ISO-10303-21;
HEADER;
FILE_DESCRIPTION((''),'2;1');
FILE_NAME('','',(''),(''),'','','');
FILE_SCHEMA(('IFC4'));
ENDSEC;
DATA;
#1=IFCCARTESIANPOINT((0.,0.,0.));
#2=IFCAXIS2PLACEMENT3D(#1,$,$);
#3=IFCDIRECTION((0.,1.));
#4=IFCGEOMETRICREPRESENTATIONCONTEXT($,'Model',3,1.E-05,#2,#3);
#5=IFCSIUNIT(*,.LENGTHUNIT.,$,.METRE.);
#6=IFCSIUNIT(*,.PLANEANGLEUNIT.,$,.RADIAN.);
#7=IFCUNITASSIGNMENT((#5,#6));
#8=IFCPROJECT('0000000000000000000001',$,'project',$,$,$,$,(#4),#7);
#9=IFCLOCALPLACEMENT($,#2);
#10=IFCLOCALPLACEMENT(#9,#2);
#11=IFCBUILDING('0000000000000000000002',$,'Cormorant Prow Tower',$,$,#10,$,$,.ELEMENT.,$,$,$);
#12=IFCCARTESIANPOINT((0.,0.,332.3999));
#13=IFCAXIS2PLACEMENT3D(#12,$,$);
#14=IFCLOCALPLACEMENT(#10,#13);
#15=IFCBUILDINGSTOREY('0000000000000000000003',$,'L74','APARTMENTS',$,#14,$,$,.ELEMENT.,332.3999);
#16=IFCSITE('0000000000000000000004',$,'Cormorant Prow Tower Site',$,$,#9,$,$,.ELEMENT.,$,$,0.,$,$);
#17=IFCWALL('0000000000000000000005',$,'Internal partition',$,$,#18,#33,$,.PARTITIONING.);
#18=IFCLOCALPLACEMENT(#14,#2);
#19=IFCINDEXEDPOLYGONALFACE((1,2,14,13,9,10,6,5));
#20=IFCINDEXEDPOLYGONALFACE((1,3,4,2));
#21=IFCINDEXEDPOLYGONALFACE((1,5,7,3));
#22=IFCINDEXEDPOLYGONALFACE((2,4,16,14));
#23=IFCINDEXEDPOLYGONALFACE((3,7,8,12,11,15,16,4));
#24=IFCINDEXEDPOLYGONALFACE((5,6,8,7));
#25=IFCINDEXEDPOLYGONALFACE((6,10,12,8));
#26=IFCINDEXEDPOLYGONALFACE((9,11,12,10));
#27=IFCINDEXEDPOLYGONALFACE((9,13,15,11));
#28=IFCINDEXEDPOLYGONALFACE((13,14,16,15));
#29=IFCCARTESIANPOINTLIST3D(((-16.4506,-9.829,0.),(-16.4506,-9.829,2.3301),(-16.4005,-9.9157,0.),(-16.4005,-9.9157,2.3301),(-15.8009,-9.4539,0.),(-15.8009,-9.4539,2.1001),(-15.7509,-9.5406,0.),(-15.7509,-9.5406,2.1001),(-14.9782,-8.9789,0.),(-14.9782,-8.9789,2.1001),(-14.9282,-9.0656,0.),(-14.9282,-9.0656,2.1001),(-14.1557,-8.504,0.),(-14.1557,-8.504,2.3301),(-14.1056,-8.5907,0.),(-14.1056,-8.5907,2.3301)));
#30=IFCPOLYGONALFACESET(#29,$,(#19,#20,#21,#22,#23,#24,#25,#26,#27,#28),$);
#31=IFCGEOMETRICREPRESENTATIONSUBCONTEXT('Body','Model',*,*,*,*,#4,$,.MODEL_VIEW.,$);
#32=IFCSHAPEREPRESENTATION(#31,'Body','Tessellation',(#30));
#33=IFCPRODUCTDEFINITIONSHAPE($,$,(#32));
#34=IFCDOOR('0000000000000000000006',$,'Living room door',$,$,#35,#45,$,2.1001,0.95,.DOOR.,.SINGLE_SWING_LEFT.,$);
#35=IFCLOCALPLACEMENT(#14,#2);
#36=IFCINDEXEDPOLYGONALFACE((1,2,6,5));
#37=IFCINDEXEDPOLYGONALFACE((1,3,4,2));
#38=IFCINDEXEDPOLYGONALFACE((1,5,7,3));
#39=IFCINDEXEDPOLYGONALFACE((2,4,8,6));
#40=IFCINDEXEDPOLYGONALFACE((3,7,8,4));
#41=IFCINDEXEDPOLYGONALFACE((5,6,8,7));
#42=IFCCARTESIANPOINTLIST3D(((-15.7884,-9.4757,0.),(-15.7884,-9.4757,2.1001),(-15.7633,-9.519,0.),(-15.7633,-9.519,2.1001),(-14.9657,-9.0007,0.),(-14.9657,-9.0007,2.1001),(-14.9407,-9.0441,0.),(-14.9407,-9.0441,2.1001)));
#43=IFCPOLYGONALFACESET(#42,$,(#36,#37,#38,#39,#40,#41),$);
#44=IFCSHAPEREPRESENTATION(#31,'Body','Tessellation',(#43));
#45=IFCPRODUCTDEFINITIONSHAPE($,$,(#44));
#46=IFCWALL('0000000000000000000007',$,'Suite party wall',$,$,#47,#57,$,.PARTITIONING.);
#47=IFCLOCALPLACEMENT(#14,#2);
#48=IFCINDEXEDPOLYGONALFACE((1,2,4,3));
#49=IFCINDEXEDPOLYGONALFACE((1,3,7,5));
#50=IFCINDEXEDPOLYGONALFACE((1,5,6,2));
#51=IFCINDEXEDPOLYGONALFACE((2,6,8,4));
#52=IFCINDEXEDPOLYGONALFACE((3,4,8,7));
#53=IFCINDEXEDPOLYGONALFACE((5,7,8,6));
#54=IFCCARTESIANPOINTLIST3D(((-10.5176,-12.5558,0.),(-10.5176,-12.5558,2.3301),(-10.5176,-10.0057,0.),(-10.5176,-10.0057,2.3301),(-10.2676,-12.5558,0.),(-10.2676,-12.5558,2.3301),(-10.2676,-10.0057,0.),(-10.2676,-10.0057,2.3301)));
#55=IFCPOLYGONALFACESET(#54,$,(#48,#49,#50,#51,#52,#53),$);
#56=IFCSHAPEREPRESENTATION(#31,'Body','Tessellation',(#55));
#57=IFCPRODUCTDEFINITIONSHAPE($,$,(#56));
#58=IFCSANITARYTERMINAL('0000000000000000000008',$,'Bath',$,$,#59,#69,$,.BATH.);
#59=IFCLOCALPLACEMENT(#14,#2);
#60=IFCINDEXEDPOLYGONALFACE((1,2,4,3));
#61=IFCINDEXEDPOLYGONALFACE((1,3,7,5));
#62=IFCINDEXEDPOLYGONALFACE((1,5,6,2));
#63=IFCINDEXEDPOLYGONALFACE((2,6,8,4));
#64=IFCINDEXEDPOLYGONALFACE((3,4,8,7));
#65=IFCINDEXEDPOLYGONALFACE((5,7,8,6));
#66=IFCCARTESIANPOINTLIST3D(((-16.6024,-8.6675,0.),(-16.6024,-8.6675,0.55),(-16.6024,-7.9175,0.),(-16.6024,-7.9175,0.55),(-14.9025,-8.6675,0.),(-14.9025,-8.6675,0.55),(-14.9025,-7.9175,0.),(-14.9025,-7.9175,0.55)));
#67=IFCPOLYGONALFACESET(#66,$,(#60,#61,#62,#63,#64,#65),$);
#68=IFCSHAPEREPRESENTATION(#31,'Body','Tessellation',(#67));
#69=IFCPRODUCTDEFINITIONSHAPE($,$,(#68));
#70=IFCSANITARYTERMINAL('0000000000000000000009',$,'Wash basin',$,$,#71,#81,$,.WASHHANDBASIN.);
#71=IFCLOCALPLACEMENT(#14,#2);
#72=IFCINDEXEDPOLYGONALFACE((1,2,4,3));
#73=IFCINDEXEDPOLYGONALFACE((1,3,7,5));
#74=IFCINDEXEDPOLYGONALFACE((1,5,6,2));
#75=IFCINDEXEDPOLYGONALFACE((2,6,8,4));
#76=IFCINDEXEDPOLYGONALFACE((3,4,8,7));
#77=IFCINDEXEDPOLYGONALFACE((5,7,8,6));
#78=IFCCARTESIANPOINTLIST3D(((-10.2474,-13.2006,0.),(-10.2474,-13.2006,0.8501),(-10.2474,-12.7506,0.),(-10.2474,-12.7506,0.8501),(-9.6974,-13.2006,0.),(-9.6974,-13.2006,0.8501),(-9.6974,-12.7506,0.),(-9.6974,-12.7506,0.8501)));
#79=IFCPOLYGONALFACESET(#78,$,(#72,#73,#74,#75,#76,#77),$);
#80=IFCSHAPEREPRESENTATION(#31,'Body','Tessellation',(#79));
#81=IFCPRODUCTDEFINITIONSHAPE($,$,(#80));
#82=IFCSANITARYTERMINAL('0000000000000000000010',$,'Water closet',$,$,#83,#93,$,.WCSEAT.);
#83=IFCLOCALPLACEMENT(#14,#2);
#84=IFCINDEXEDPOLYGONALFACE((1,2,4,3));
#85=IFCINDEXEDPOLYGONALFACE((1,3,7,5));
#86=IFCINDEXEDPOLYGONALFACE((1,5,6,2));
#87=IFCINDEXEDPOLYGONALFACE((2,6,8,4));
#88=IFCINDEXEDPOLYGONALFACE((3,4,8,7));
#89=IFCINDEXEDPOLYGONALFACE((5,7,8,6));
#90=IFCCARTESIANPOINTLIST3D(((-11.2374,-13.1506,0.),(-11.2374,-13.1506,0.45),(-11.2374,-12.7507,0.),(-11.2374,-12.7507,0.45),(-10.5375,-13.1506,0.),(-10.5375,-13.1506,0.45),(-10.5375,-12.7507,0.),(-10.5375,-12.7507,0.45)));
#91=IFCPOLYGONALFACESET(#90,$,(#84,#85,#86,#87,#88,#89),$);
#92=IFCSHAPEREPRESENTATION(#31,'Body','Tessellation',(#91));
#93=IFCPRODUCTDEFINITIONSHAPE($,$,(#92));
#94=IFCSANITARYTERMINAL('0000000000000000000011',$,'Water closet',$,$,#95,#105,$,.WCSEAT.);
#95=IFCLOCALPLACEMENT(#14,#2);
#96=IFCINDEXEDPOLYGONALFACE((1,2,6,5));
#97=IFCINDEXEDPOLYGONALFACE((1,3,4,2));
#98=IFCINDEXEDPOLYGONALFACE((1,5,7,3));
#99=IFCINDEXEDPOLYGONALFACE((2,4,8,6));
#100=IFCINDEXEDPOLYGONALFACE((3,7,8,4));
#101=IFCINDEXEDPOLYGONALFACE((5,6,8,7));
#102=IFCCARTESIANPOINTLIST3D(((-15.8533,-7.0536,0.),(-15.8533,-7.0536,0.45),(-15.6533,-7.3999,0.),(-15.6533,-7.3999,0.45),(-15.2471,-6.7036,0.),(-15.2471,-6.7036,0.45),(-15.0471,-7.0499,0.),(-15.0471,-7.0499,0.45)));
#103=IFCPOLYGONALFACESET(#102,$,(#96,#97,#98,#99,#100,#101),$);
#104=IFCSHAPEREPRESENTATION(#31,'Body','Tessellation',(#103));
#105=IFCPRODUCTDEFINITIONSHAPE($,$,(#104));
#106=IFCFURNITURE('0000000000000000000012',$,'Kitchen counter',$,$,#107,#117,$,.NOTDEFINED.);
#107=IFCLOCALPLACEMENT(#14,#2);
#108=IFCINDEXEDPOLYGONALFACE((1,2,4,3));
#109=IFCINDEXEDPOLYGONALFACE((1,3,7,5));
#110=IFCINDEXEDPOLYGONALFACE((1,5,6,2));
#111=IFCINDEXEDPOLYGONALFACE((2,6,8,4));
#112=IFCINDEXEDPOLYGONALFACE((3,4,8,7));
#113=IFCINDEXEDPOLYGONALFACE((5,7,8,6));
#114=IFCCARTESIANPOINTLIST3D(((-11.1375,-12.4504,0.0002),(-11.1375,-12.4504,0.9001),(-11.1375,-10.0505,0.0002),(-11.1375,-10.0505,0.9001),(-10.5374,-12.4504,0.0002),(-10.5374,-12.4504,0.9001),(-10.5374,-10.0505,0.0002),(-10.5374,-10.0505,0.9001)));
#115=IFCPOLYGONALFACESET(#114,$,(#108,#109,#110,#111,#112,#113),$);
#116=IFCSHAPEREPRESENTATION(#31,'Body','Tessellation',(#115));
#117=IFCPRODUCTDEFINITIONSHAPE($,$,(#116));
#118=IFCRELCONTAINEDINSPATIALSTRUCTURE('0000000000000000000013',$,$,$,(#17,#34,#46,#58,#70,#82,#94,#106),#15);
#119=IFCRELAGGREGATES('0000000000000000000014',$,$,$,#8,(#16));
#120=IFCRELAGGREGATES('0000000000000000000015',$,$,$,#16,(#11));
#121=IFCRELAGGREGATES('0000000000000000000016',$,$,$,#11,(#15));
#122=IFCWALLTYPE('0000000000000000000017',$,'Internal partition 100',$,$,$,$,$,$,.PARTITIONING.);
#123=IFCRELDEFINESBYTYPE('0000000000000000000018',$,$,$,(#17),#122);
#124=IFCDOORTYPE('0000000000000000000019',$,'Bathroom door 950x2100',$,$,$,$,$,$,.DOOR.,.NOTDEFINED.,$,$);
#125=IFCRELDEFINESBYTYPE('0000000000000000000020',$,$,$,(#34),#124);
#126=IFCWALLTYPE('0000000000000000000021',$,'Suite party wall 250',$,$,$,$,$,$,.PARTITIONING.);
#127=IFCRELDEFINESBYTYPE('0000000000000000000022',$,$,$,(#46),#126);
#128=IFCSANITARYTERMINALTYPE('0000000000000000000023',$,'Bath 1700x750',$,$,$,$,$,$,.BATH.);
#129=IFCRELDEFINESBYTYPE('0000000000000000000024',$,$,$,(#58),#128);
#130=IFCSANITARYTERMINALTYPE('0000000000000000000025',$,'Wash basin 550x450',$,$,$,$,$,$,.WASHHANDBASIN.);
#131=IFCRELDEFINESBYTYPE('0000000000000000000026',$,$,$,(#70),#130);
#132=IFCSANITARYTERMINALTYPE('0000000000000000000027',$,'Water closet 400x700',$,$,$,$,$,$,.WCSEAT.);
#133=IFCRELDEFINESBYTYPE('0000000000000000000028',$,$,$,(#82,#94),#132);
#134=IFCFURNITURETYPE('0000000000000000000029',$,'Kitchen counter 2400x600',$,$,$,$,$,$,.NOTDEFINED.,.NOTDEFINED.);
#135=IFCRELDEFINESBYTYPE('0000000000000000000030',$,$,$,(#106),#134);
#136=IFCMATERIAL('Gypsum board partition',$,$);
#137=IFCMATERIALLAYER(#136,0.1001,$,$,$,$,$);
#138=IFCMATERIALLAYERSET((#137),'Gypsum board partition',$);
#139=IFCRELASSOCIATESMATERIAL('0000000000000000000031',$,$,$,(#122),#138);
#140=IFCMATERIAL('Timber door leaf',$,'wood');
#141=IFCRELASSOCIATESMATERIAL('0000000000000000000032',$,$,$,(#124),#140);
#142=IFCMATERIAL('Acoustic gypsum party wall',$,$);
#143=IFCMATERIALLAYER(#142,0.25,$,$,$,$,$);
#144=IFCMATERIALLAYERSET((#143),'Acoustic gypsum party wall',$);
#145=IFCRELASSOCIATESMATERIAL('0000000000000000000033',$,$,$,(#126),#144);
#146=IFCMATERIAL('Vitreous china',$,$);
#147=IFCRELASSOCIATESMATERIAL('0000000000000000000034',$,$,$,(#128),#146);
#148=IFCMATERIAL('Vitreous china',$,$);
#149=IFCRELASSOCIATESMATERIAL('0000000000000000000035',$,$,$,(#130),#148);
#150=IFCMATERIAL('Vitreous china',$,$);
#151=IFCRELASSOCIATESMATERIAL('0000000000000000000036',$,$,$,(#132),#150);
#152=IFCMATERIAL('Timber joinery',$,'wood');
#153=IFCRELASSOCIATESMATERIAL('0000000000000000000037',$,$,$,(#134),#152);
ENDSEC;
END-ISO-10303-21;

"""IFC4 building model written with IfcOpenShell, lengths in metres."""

from ifc_helpers import new_model, si_unit, direction, frame, frame_2d, origin, origin_2d, place, context, subcontext, project, spatial, rectangle, extrude, material, layer, layer_set, type_object, element, fill, save


model = new_model("IFC4")

# Units and contexts
model_context = context("Model", 3, precision=1e-05, world=origin(), true_north=direction((0.0, 1.0)))
body_context = subcontext(model_context, "Body", "Model", "MODEL_VIEW")
ifc_project = project(units=[si_unit("LENGTHUNIT", "METRE"), si_unit("PLANEANGLEUNIT", "RADIAN")], contexts=[model_context])

# Site, building, storey
site_placement = place(None, origin())
site = spatial("IfcSite", under=ifc_project, at=site_placement, Name="Cormorant Prow Tower Site", CompositionType="ELEMENT", RefElevation=0.0)
building_placement = place(site_placement, origin())
building = spatial("IfcBuilding", under=site, at=building_placement, Name="Cormorant Prow Tower", CompositionType="ELEMENT")
storey_placement = place(building_placement, frame((0.0, 0.0, 332.3999)))
storey = spatial("IfcBuildingStorey", under=building, at=storey_placement, Name="L74", Description="APARTMENTS", CompositionType="ELEMENT", Elevation=332.3999)

# Shared definitions
ifc_material_1 = material(Name="Gypsum board partition")
ifc_layer_1 = layer(ifc_material_1, 0.1001)
ifc_layer_set_1 = layer_set([ifc_layer_1], Name="Gypsum board partition")
wall_type_1 = type_object("IfcWallType", Name="Internal partition 100", PredefinedType="PARTITIONING", material=ifc_layer_set_1)

# Wall, opening, door
wall_1_placement = place(storey_placement, frame((-16.4255, -9.8723, 0.0), z_axis=(0.0, 0.0, 1.0), x_axis=(0.866029, 0.499994, 0.0)))
wall_1 = element("IfcWall", 1, at=wall_1_placement, inside=storey, type_object=wall_type_1, Name="Internal partition", PredefinedType="PARTITIONING", context=body_context, shape_type="SweptSolid", body=[
    extrude(rectangle(XDim=2.6499, YDim=0.1001, at=frame_2d((1.325, 0.0))), origin(), (0.0, 0.0, 1.0), 2.3301),
])
opening_1_placement = place(wall_1_placement, frame((0.75, 0.0, 0.0)))
opening_1 = element("IfcOpeningElement", 2, at=opening_1_placement, cuts=wall_1, PredefinedType="OPENING", context=body_context, shape_type="SweptSolid", body=[
    extrude(rectangle(XDim=0.95, YDim=2.1001, at=frame_2d((0.4751, 1.05))), frame((0.0, 0.0601, 0.0), z_axis=(0.0, -1.0, 0.0), x_axis=(1.0, 0.0, 0.0)), (0.0, 0.0, 1.0), 0.1201),
])
ifc_material_2 = material(Name="Timber door leaf", Category="wood")
door_type_1 = type_object("IfcDoorType", Name="Bathroom door 950x2100", OperationType="NOTDEFINED", PredefinedType="DOOR", material=ifc_material_2)
door_1_placement = place(opening_1_placement, origin())
door_1 = element("IfcDoor", 3, at=door_1_placement, inside=storey, type_object=door_type_1, Name="Living room door", OperationType="SINGLE_SWING_LEFT", OverallHeight=2.1001, OverallWidth=0.95, PredefinedType="DOOR", context=body_context, shape_type="SweptSolid", body=[
    extrude(rectangle(XDim=0.95, YDim=2.1001, at=frame_2d((0.4751, 1.05))), frame((0.0, 0.0249, 0.0), z_axis=(0.0, -1.0, 0.0), x_axis=(1.0, 0.0, 0.0)), (0.0, 0.0, 1.0), 0.05),
])
fill(opening_1, door_1)

# Wall
ifc_material_3 = material(Name="Acoustic gypsum party wall")
ifc_layer_2 = layer(ifc_material_3, 0.25)
ifc_layer_set_2 = layer_set([ifc_layer_2], Name="Acoustic gypsum party wall")
wall_type_2 = type_object("IfcWallType", Name="Suite party wall 250", PredefinedType="PARTITIONING", material=ifc_layer_set_2)
wall_2_placement = place(storey_placement, frame((-10.3926, -12.5557, 0.0), z_axis=(0.0, 0.0, 1.0), x_axis=(0.0, 1.0, 0.0)))
element("IfcWall", 4, at=wall_2_placement, inside=storey, type_object=wall_type_2, Name="Suite party wall", PredefinedType="PARTITIONING", context=body_context, shape_type="SweptSolid", body=[
    extrude(rectangle(XDim=2.55, YDim=0.25, at=frame_2d((1.2749, 0.0))), origin(), (0.0, 0.0, 1.0), 2.3301),
])

# Sanitary terminals
ifc_material_4 = material(Name="Vitreous china")
sanitary_terminal_type_1 = type_object("IfcSanitaryTerminalType", Name="Bath 1700x750", PredefinedType="BATH", material=ifc_material_4)
sanitary_terminal_1_placement = place(storey_placement, frame((-15.7524, -8.2925, 0.0), z_axis=(0.0, 0.0, 1.0), x_axis=(1.0, 0.0, 0.0)))
element("IfcSanitaryTerminal", 5, at=sanitary_terminal_1_placement, inside=storey, type_object=sanitary_terminal_type_1, Name="Bath", PredefinedType="BATH", context=body_context, shape_type="SweptSolid", body=[
    extrude(rectangle(XDim=1.7, YDim=0.75, at=origin_2d()), origin(), (0.0, 0.0, 1.0), 0.55),
])
ifc_material_5 = material(Name="Vitreous china")
sanitary_terminal_type_2 = type_object("IfcSanitaryTerminalType", Name="Wash basin 550x450", PredefinedType="WASHHANDBASIN", material=ifc_material_5)
sanitary_terminal_2_placement = place(storey_placement, frame((-9.9724, -12.9756, 0.0), z_axis=(0.0, 0.0, 1.0), x_axis=(1.0, 0.0, 0.0)))
element("IfcSanitaryTerminal", 6, at=sanitary_terminal_2_placement, inside=storey, type_object=sanitary_terminal_type_2, Name="Wash basin", PredefinedType="WASHHANDBASIN", context=body_context, shape_type="SweptSolid", body=[
    extrude(rectangle(XDim=0.55, YDim=0.45, at=origin_2d()), origin(), (0.0, 0.0, 1.0), 0.8501),
])
ifc_material_6 = material(Name="Vitreous china")
sanitary_terminal_type_3 = type_object("IfcSanitaryTerminalType", Name="Water closet 400x700", PredefinedType="WCSEAT", material=ifc_material_6)
for number, where, z_axis, x_axis, name in (
    (7, (-10.8875, -12.9507, 0.0), (0.0, 0.0, 1.0), (0.0, -1.0, 0.0), "Water closet"),
    (8, (-15.4502, -7.0518, 0.0), (0.0, 0.0, 1.0), (0.5, -0.866025, 0.0), "Water closet"),
):
    element("IfcSanitaryTerminal", number, at=place(storey_placement, frame(where, z_axis=z_axis, x_axis=x_axis)), inside=storey, type_object=sanitary_terminal_type_3, Name=name, PredefinedType="WCSEAT", context=body_context, shape_type="SweptSolid", body=[
        extrude(rectangle(XDim=0.3999, YDim=0.7, at=origin_2d()), origin(), (0.0, 0.0, 1.0), 0.45),
    ])

# Furniture
ifc_material_7 = material(Name="Timber joinery", Category="wood")
furniture_type = type_object("IfcFurnitureType", Name="Kitchen counter 2400x600", AssemblyPlace="NOTDEFINED", PredefinedType="NOTDEFINED", material=ifc_material_7)
furniture_placement = place(storey_placement, frame((-10.8374, -11.2505, 0.0002), z_axis=(0.0, 0.0, 1.0), x_axis=(0.0, -1.0, 0.0)))
element("IfcFurniture", 9, at=furniture_placement, inside=storey, type_object=furniture_type, Name="Kitchen counter", PredefinedType="NOTDEFINED", context=body_context, shape_type="SweptSolid", body=[
    extrude(rectangle(XDim=2.3999, YDim=0.6001, at=origin_2d()), origin(), (0.0, 0.0, 1.0), 0.8999),
])

save(model, "model.ifc")
